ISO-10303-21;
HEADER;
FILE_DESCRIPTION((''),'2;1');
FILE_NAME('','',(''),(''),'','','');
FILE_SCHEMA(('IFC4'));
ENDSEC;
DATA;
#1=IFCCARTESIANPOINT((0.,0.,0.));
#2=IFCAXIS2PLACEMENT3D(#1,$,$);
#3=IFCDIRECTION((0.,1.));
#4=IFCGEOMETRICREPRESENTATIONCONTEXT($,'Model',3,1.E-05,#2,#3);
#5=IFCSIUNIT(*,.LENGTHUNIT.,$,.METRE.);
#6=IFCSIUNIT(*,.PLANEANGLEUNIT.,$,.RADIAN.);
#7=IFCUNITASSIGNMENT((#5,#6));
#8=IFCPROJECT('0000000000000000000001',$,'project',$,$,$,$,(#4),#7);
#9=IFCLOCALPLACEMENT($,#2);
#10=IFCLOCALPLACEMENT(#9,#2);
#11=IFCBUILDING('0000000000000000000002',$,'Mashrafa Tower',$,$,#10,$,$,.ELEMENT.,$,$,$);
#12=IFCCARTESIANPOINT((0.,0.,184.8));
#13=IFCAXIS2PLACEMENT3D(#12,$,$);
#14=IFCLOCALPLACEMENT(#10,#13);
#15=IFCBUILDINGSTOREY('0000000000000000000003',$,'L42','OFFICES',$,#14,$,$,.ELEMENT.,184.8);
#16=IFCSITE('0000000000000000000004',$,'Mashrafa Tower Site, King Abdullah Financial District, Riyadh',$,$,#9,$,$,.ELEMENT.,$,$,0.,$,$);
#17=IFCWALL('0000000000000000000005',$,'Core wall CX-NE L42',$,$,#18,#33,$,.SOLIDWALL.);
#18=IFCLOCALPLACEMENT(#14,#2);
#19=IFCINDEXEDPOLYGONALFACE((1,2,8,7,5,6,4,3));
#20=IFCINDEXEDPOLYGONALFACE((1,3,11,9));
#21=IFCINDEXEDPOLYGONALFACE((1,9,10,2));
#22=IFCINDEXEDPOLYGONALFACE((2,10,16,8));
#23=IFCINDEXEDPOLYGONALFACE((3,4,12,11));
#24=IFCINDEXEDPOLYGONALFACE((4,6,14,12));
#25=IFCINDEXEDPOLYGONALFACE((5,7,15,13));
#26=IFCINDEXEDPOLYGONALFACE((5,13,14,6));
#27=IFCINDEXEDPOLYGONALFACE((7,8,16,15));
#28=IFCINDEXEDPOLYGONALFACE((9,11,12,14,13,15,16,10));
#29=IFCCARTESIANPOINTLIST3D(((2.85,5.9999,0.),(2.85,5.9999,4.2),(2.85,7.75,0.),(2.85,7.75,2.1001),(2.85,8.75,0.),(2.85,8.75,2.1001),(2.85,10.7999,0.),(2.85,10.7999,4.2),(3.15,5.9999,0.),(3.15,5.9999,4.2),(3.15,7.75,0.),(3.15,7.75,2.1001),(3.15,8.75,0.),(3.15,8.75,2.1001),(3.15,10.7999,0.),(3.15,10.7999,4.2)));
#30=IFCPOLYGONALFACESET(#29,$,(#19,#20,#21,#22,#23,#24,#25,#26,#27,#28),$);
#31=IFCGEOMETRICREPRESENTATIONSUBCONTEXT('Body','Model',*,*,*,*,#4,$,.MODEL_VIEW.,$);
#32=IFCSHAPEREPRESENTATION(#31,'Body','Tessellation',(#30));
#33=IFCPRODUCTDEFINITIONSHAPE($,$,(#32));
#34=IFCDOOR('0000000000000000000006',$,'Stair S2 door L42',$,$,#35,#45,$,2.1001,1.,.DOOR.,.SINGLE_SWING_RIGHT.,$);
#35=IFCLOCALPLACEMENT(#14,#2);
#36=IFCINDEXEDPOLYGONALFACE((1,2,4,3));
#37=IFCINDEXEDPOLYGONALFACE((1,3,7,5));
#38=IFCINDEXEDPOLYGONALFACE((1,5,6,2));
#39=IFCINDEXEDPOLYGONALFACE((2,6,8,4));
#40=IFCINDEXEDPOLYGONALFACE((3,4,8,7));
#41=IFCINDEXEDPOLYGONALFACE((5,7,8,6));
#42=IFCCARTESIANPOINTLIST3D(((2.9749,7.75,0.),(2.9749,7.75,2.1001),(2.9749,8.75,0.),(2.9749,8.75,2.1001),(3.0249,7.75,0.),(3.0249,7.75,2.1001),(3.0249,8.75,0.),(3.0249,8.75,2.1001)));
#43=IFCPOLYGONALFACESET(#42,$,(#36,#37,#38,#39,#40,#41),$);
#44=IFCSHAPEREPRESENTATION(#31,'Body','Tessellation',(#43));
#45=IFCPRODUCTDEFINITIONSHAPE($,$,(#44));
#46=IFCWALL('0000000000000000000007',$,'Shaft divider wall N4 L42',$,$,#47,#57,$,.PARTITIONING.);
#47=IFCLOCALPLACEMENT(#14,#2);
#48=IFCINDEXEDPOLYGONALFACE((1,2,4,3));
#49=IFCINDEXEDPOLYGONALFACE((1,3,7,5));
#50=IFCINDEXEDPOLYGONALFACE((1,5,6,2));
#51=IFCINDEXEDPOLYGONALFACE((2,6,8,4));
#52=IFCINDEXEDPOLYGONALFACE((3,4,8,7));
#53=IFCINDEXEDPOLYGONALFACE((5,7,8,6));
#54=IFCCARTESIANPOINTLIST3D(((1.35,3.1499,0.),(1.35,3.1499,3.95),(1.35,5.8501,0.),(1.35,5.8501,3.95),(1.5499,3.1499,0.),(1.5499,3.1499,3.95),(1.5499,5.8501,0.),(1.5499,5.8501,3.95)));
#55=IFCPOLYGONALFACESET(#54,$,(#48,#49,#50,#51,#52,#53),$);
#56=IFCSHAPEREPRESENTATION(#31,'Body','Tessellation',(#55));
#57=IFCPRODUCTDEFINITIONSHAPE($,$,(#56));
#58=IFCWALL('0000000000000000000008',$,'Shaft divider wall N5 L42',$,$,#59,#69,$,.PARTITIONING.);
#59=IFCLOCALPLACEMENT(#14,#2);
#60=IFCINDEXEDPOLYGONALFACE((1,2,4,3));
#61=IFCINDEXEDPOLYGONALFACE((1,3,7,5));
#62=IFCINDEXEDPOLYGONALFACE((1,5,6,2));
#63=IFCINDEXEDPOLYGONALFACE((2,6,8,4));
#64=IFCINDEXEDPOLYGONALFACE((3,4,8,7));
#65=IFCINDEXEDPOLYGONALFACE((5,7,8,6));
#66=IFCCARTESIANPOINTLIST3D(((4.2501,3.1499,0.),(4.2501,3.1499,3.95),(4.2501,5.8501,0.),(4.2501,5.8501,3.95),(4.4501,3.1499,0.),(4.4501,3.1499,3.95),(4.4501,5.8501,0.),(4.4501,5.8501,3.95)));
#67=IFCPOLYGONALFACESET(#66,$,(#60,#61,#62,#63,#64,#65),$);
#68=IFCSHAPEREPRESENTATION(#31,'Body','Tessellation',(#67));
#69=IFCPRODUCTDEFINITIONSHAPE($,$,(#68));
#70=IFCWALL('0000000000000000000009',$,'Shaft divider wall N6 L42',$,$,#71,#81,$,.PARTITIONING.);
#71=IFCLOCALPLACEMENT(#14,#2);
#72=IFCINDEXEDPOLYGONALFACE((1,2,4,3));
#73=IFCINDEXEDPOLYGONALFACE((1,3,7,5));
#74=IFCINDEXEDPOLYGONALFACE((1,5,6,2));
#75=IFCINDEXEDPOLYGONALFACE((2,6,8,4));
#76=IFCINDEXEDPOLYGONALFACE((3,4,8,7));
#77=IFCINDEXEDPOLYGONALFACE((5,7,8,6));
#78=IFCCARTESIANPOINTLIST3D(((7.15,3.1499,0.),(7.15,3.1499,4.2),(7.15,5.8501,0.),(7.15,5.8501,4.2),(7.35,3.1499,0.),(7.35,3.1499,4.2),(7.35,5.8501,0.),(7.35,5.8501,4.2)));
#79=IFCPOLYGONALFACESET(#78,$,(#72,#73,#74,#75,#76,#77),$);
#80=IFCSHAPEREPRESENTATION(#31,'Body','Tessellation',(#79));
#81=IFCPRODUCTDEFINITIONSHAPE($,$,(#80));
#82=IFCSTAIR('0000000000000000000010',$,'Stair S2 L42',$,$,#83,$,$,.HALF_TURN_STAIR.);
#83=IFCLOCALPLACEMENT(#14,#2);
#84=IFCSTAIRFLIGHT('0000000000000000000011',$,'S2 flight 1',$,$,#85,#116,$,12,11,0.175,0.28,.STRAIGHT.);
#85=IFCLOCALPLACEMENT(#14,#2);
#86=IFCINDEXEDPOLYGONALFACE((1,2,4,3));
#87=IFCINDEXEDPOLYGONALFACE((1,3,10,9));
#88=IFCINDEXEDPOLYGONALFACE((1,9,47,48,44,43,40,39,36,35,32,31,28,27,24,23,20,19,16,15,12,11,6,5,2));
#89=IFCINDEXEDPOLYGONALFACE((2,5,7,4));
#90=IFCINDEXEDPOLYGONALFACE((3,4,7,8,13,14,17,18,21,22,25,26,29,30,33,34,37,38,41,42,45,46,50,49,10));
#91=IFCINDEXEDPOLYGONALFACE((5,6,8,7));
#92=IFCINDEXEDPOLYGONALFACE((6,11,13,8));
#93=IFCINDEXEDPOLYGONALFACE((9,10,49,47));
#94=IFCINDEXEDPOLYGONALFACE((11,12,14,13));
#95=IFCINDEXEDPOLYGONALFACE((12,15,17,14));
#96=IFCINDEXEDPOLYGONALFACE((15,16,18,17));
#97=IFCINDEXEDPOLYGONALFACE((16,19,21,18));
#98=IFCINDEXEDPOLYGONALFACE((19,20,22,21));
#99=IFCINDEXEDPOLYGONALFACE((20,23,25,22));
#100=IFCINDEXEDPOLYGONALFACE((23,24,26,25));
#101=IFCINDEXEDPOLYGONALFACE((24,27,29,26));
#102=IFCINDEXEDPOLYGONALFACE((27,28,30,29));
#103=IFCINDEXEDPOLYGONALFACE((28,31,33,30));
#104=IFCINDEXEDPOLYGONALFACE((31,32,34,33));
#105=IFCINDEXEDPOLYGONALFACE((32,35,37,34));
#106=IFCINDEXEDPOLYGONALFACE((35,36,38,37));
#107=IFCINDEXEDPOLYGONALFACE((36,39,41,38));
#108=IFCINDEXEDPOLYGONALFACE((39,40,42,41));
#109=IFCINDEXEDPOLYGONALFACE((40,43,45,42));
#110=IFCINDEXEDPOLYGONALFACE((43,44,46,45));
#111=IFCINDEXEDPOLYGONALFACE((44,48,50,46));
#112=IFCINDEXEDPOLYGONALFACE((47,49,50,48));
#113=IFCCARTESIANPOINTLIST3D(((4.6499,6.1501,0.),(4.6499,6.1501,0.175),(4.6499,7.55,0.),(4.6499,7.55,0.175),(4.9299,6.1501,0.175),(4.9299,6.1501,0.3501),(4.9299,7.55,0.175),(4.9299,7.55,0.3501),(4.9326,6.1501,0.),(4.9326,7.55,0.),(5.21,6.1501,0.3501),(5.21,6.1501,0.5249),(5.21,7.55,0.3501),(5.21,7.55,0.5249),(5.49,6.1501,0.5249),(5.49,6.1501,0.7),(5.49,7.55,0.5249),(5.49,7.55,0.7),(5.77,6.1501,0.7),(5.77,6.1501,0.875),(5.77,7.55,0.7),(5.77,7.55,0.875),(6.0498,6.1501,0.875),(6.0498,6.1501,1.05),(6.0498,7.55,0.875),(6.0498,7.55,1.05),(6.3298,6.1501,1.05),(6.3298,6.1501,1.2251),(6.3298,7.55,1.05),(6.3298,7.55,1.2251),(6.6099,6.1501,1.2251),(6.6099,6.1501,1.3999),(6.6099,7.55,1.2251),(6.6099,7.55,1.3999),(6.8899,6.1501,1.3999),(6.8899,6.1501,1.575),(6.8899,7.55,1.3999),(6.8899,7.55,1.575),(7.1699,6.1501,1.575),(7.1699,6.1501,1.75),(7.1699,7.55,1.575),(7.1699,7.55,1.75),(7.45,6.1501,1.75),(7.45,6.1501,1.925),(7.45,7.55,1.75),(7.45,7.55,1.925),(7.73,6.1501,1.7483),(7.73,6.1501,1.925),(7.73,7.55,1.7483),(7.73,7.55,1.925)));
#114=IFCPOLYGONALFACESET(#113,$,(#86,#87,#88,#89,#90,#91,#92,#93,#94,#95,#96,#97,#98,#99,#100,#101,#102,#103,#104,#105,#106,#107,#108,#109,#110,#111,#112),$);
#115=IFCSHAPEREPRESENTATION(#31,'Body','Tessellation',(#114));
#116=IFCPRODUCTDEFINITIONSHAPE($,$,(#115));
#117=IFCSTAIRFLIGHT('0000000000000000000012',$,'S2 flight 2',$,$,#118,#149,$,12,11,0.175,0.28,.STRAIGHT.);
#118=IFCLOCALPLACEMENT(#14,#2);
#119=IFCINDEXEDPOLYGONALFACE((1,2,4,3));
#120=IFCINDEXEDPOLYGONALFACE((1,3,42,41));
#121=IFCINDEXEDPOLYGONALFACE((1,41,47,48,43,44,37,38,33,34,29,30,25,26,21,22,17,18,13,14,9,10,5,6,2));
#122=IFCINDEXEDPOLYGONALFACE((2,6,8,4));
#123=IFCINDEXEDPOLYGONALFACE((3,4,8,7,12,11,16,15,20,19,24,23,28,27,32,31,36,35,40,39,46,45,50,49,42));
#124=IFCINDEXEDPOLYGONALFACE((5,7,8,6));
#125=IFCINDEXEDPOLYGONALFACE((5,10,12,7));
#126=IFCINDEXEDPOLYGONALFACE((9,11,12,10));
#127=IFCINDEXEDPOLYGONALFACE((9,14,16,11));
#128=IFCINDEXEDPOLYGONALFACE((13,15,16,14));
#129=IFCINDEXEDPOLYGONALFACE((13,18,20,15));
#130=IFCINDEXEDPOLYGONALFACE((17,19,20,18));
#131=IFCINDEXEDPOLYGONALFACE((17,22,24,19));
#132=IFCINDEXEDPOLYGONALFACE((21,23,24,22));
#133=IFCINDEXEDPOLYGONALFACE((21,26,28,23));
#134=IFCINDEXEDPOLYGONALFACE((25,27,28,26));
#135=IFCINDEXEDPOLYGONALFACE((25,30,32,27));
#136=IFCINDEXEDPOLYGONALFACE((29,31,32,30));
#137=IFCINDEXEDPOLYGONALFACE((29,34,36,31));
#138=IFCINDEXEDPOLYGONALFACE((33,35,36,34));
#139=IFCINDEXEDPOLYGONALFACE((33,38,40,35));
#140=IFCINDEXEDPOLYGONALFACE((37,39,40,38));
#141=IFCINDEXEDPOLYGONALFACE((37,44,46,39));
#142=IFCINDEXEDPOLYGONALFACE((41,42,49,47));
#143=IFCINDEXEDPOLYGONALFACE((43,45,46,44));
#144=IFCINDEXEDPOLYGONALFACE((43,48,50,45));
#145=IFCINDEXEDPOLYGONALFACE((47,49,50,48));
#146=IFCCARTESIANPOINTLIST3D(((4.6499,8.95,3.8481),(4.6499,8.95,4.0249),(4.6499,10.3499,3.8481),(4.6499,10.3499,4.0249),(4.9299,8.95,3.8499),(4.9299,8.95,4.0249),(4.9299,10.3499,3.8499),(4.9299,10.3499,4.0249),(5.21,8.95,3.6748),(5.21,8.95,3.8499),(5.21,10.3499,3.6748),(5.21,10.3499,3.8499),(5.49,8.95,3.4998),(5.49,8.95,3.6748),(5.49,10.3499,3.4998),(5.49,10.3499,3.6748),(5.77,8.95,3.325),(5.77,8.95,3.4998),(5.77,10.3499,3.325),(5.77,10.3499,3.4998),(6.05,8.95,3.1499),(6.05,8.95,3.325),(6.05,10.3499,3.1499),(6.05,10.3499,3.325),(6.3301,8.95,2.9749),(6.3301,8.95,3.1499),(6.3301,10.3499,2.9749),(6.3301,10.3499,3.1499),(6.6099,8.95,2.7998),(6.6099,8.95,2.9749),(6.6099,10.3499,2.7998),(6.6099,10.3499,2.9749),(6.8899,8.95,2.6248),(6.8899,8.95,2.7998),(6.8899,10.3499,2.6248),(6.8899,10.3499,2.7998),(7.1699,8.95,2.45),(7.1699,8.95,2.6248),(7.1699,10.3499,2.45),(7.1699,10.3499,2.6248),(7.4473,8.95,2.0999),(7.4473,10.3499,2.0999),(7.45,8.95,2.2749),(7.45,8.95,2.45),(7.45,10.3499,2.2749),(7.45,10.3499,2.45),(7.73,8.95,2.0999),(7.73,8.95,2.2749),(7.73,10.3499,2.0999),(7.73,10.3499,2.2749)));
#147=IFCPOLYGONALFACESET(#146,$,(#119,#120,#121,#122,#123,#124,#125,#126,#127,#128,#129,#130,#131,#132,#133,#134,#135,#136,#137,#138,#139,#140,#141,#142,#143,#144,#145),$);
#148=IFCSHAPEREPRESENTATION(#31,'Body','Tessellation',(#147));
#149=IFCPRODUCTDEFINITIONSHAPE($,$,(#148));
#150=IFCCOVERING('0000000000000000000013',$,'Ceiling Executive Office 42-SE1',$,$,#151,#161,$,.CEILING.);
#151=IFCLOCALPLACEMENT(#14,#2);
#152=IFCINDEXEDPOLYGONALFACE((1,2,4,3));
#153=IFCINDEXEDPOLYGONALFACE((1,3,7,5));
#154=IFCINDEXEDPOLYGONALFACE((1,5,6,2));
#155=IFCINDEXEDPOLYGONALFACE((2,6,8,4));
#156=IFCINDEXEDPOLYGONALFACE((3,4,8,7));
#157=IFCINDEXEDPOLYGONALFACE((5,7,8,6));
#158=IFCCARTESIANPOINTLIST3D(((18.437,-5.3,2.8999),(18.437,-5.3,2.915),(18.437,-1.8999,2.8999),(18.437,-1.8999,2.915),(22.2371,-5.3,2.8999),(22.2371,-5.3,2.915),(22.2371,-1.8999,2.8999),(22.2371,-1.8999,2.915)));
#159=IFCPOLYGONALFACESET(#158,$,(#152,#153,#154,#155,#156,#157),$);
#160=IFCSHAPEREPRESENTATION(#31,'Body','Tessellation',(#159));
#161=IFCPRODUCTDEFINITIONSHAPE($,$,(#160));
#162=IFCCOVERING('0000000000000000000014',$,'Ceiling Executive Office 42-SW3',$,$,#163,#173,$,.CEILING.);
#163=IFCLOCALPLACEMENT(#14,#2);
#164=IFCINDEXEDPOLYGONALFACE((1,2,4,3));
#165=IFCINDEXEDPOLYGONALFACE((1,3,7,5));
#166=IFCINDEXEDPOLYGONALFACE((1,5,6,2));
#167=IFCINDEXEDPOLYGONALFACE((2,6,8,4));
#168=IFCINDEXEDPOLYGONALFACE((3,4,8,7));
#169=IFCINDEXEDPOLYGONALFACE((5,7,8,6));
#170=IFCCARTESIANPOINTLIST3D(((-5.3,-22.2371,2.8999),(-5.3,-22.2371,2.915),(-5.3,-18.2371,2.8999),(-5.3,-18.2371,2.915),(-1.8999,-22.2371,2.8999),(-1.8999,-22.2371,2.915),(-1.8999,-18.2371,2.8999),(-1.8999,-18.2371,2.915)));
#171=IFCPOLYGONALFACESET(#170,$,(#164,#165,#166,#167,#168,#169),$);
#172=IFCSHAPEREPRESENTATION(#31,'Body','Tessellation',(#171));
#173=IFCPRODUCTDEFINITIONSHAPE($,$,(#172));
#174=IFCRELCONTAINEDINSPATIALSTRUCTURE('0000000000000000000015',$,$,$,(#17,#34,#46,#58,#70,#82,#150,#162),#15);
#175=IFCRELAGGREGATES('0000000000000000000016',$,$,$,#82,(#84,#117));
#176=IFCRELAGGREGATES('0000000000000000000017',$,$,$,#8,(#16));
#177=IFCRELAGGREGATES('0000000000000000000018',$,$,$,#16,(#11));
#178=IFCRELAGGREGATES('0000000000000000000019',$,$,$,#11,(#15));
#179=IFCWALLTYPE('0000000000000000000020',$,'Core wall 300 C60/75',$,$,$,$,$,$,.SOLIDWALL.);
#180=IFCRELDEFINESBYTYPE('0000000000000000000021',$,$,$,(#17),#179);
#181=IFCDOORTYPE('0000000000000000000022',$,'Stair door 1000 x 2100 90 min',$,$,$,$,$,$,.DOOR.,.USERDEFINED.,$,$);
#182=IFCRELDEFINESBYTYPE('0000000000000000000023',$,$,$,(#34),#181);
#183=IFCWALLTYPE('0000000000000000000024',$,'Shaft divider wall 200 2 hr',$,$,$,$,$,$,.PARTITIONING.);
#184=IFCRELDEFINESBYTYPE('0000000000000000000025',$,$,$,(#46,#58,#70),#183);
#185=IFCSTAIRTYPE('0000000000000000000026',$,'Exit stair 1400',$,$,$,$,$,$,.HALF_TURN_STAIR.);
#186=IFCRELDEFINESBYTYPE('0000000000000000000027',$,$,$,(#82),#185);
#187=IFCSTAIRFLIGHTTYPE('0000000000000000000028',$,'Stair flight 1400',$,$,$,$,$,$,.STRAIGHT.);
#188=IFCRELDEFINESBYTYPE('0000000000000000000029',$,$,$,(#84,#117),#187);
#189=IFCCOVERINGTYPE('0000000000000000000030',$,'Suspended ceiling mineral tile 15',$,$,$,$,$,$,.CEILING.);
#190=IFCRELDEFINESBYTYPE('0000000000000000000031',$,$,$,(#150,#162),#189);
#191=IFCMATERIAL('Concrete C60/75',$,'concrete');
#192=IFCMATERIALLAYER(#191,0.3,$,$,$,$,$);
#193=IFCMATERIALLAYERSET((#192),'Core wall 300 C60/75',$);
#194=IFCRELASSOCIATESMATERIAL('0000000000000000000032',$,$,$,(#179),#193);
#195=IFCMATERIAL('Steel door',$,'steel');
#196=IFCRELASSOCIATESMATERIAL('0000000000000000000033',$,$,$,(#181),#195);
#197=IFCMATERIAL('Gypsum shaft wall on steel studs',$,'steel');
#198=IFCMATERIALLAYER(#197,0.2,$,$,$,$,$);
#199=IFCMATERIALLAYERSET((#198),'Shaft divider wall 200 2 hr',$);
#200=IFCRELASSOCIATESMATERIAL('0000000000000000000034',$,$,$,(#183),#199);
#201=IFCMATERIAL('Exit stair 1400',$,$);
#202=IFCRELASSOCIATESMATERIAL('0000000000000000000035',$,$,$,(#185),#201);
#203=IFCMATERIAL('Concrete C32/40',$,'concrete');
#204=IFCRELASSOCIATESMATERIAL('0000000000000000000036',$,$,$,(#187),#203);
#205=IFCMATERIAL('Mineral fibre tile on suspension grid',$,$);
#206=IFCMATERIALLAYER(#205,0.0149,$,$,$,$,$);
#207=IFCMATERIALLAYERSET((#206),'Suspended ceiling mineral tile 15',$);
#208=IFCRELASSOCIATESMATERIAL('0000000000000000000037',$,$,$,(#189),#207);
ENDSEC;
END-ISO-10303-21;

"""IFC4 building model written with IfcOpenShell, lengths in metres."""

from ifc_helpers import new_model, si_unit, direction, frame, frame_2d, origin, place, context, subcontext, project, spatial, polyline, rectangle, outline, extrude, material, layer, layer_set, type_object, element, fill, aggregate, save


model = new_model("IFC4")

# Units and contexts
model_context = context("Model", 3, precision=1e-05, world=origin(), true_north=direction((0.0, 1.0)))
body_context = subcontext(model_context, "Body", "Model", "MODEL_VIEW")
ifc_project = project(units=[si_unit("LENGTHUNIT", "METRE"), si_unit("PLANEANGLEUNIT", "RADIAN")], contexts=[model_context])

# Site, building, storey
site_placement = place(None, origin())
site = spatial("IfcSite", under=ifc_project, at=site_placement, Name="Mashrafa Tower Site, King Abdullah Financial District, Riyadh", CompositionType="ELEMENT", RefElevation=0.0)
building_placement = place(site_placement, origin())
building = spatial("IfcBuilding", under=site, at=building_placement, Name="Mashrafa Tower", CompositionType="ELEMENT")
storey_placement = place(building_placement, frame((0.0, 0.0, 184.8)))
storey = spatial("IfcBuildingStorey", under=building, at=storey_placement, Name="L42", Description="OFFICES", CompositionType="ELEMENT", Elevation=184.8)

# Wall, opening, door
ifc_material_1 = material(Name="Concrete C60/75", Category="concrete")
ifc_layer_1 = layer(ifc_material_1, 0.3)
ifc_layer_set_1 = layer_set([ifc_layer_1], Name="Core wall 300 C60/75")
wall_type_1 = type_object("IfcWallType", Name="Core wall 300 C60/75", PredefinedType="SOLIDWALL", material=ifc_layer_set_1)
wall_1_placement = place(storey_placement, frame((3.0, 6.0, 0.0), z_axis=(0.0, 0.0, 1.0), x_axis=(0.0, 1.0, 0.0)))
wall_1 = element("IfcWall", 1, at=wall_1_placement, inside=storey, type_object=wall_type_1, Name="Core wall CX-NE L42", PredefinedType="SOLIDWALL", context=body_context, shape_type="SweptSolid", body=[
    extrude(rectangle(XDim=4.8, YDim=0.3, at=frame_2d((2.3999, 0.0))), origin(), (0.0, 0.0, 1.0), 4.2),
])
opening_placement = place(wall_1_placement, frame((1.75, 0.0, 0.0)))
opening = element("IfcOpeningElement", 2, at=opening_placement, cuts=wall_1, PredefinedType="OPENING", context=body_context, shape_type="SweptSolid", body=[
    extrude(rectangle(XDim=1.0, YDim=2.1001, at=frame_2d((0.5, 1.05))), frame((0.0, 0.1599, 0.0), z_axis=(0.0, -1.0, 0.0), x_axis=(1.0, 0.0, 0.0)), (0.0, 0.0, 1.0), 0.3201),
])
ifc_material_2 = material(Name="Steel door", Category="steel")
door_type = type_object("IfcDoorType", Name="Stair door 1000 x 2100 90 min", OperationType="USERDEFINED", PredefinedType="DOOR", material=ifc_material_2)
door_placement = place(opening_placement, frame((1.0, 0.0, 0.0), z_axis=(0.0, 0.0, 1.0), x_axis=(-1.0, 0.0, 0.0)))
door = element("IfcDoor", 3, at=door_placement, inside=storey, type_object=door_type, Name="Stair S2 door L42", OperationType="SINGLE_SWING_RIGHT", OverallHeight=2.1001, OverallWidth=1.0, PredefinedType="DOOR", context=body_context, shape_type="SweptSolid", body=[
    extrude(rectangle(XDim=1.0, YDim=2.1001, at=frame_2d((0.5, 1.05))), frame((0.0, 0.0249, 0.0), z_axis=(0.0, -1.0, 0.0), x_axis=(1.0, 0.0, 0.0)), (0.0, 0.0, 1.0), 0.05),
])
fill(opening, door)

# Walls
ifc_material_3 = material(Name="Gypsum shaft wall on steel studs", Category="steel")
ifc_layer_2 = layer(ifc_material_3, 0.2)
ifc_layer_set_2 = layer_set([ifc_layer_2], Name="Shaft divider wall 200 2 hr")
wall_type_2 = type_object("IfcWallType", Name="Shaft divider wall 200 2 hr", PredefinedType="PARTITIONING", material=ifc_layer_set_2)
for number, where, z_axis, x_axis, name in (
    (4, (1.45, 3.1499, 0.0), (0.0, 0.0, 1.0), (0.0, 1.0, 0.0), "Shaft divider wall N4 L42"),
    (5, (4.3501, 3.1499, 0.0), (0.0, 0.0, 1.0), (0.0, 1.0, 0.0), "Shaft divider wall N5 L42"),
):
    element("IfcWall", number, at=place(storey_placement, frame(where, z_axis=z_axis, x_axis=x_axis)), inside=storey, type_object=wall_type_2, Name=name, PredefinedType="PARTITIONING", context=body_context, shape_type="SweptSolid", body=[
        extrude(rectangle(XDim=2.7002, YDim=0.2, at=frame_2d((1.3501, 0.0))), origin(), (0.0, 0.0, 1.0), 3.95),
    ])
wall_2_placement = place(storey_placement, frame((7.25, 3.1499, 0.0), z_axis=(0.0, 0.0, 1.0), x_axis=(0.0, 1.0, 0.0)))
element("IfcWall", 6, at=wall_2_placement, inside=storey, type_object=wall_type_2, Name="Shaft divider wall N6 L42", PredefinedType="PARTITIONING", context=body_context, shape_type="SweptSolid", body=[
    extrude(rectangle(XDim=2.7002, YDim=0.2, at=frame_2d((1.3501, 0.0))), origin(), (0.0, 0.0, 1.0), 4.2),
])

# Stair, stair flights
ifc_material_4 = material(Name="Exit stair 1400")
stair_type = type_object("IfcStairType", Name="Exit stair 1400", PredefinedType="HALF_TURN_STAIR", material=ifc_material_4)
stair_placement = place(storey_placement, origin())
stair = element("IfcStair", 7, at=stair_placement, inside=storey, type_object=stair_type, Name="Stair S2 L42", PredefinedType="HALF_TURN_STAIR")
ifc_material_5 = material(Name="Concrete C32/40", Category="concrete")
stair_flight_type = type_object("IfcStairFlightType", Name="Stair flight 1400", PredefinedType="STRAIGHT", material=ifc_material_5)
stair_flight_1_placement = place(storey_placement, frame((4.6499, 6.8501, 0.0), z_axis=(0.0, 0.0, 1.0), x_axis=(1.0, 0.0, 0.0)))
stair_flight_1 = element("IfcStairFlight", 8, at=stair_flight_1_placement, type_object=stair_flight_type, Name="S2 flight 1", NumberOfRisers=12, NumberOfTreads=11, PredefinedType="STRAIGHT", RiserHeight=0.175, TreadLength=0.28, context=body_context, shape_type="SweptSolid", body=[
    extrude(outline(polyline([(0.0, 0.0), (0.0, 0.175), (0.28, 0.175), (0.28, 0.3501), (0.5601, 0.3501), (0.5601, 0.5249), (0.8401, 0.5249), (0.8401, 0.7), (1.1201, 0.7), (1.1201, 0.875), (1.3999, 0.875), (1.3999, 1.05), (1.6799, 1.05), (1.6799, 1.2251), (1.96, 1.2251), (1.96, 1.3999), (2.24, 1.3999), (2.24, 1.575), (2.52, 1.575), (2.52, 1.75), (2.8, 1.75), (2.8, 1.925), (3.0801, 1.925), (3.0801, 2.1001), (3.0801, 1.7483), (0.2827, 0.0), (0.0, 0.0)])), frame((0.0, 0.7, 0.0), z_axis=(0.0, -1.0, 0.0), x_axis=(1.0, 0.0, 0.0)), (0.0, 0.0, 1.0), 1.3999),
])
stair_flight_2_placement = place(storey_placement, frame((7.73, 9.6499, 2.0999), z_axis=(0.0, 0.0, 1.0), x_axis=(-1.0, 0.0, 0.0)))
stair_flight_2 = element("IfcStairFlight", 9, at=stair_flight_2_placement, type_object=stair_flight_type, Name="S2 flight 2", NumberOfRisers=12, NumberOfTreads=11, PredefinedType="STRAIGHT", RiserHeight=0.175, TreadLength=0.28, context=body_context, shape_type="SweptSolid", body=[
    extrude(outline(polyline([(0.0, 0.0), (0.0, 0.175), (0.28, 0.175), (0.28, 0.3501), (0.5601, 0.3501), (0.5601, 0.5249), (0.8401, 0.5249), (0.8401, 0.7), (1.1201, 0.7), (1.1201, 0.875), (1.3999, 0.875), (1.3999, 1.05), (1.6799, 1.05), (1.6799, 1.2251), (1.96, 1.2251), (1.96, 1.3999), (2.24, 1.3999), (2.24, 1.575), (2.52, 1.575), (2.52, 1.75), (2.8, 1.75), (2.8, 1.925), (3.0801, 1.925), (3.0801, 2.1001), (3.0801, 1.7483), (0.2827, 0.0), (0.0, 0.0)])), frame((0.0, 0.7, 0.0), z_axis=(0.0, -1.0, 0.0), x_axis=(1.0, 0.0, 0.0)), (0.0, 0.0, 1.0), 1.3999),
])
aggregate(stair, [stair_flight_1, stair_flight_2])

# Coverings
ifc_material_6 = material(Name="Mineral fibre tile on suspension grid")
ifc_layer_3 = layer(ifc_material_6, 0.0149)
ifc_layer_set_3 = layer_set([ifc_layer_3], Name="Suspended ceiling mineral tile 15")
covering_type = type_object("IfcCoveringType", Name="Suspended ceiling mineral tile 15", PredefinedType="CEILING", material=ifc_layer_set_3)
covering_1_placement = place(storey_placement, frame((0.0, 0.0, 2.8999)))
element("IfcCovering", 10, at=covering_1_placement, inside=storey, type_object=covering_type, Name="Ceiling Executive Office 42-SE1", PredefinedType="CEILING", context=body_context, shape_type="SweptSolid", body=[
    extrude(outline(polyline([(18.437, -1.8999), (22.2371, -1.8999), (22.2371, -5.3), (18.437, -5.3), (18.437, -1.8999)])), origin(), (0.0, 0.0, 1.0), 0.0151),
])
covering_2_placement = place(storey_placement, frame((0.0, 0.0, 2.8999)))
element("IfcCovering", 11, at=covering_2_placement, inside=storey, type_object=covering_type, Name="Ceiling Executive Office 42-SW3", PredefinedType="CEILING", context=body_context, shape_type="SweptSolid", body=[
    extrude(outline(polyline([(-5.3, -18.2371), (-1.8999, -18.2371), (-1.8999, -22.2371), (-5.3, -22.2371), (-5.3, -18.2371)])), origin(), (0.0, 0.0, 1.0), 0.0151),
])

save(model, "model.ifc")
